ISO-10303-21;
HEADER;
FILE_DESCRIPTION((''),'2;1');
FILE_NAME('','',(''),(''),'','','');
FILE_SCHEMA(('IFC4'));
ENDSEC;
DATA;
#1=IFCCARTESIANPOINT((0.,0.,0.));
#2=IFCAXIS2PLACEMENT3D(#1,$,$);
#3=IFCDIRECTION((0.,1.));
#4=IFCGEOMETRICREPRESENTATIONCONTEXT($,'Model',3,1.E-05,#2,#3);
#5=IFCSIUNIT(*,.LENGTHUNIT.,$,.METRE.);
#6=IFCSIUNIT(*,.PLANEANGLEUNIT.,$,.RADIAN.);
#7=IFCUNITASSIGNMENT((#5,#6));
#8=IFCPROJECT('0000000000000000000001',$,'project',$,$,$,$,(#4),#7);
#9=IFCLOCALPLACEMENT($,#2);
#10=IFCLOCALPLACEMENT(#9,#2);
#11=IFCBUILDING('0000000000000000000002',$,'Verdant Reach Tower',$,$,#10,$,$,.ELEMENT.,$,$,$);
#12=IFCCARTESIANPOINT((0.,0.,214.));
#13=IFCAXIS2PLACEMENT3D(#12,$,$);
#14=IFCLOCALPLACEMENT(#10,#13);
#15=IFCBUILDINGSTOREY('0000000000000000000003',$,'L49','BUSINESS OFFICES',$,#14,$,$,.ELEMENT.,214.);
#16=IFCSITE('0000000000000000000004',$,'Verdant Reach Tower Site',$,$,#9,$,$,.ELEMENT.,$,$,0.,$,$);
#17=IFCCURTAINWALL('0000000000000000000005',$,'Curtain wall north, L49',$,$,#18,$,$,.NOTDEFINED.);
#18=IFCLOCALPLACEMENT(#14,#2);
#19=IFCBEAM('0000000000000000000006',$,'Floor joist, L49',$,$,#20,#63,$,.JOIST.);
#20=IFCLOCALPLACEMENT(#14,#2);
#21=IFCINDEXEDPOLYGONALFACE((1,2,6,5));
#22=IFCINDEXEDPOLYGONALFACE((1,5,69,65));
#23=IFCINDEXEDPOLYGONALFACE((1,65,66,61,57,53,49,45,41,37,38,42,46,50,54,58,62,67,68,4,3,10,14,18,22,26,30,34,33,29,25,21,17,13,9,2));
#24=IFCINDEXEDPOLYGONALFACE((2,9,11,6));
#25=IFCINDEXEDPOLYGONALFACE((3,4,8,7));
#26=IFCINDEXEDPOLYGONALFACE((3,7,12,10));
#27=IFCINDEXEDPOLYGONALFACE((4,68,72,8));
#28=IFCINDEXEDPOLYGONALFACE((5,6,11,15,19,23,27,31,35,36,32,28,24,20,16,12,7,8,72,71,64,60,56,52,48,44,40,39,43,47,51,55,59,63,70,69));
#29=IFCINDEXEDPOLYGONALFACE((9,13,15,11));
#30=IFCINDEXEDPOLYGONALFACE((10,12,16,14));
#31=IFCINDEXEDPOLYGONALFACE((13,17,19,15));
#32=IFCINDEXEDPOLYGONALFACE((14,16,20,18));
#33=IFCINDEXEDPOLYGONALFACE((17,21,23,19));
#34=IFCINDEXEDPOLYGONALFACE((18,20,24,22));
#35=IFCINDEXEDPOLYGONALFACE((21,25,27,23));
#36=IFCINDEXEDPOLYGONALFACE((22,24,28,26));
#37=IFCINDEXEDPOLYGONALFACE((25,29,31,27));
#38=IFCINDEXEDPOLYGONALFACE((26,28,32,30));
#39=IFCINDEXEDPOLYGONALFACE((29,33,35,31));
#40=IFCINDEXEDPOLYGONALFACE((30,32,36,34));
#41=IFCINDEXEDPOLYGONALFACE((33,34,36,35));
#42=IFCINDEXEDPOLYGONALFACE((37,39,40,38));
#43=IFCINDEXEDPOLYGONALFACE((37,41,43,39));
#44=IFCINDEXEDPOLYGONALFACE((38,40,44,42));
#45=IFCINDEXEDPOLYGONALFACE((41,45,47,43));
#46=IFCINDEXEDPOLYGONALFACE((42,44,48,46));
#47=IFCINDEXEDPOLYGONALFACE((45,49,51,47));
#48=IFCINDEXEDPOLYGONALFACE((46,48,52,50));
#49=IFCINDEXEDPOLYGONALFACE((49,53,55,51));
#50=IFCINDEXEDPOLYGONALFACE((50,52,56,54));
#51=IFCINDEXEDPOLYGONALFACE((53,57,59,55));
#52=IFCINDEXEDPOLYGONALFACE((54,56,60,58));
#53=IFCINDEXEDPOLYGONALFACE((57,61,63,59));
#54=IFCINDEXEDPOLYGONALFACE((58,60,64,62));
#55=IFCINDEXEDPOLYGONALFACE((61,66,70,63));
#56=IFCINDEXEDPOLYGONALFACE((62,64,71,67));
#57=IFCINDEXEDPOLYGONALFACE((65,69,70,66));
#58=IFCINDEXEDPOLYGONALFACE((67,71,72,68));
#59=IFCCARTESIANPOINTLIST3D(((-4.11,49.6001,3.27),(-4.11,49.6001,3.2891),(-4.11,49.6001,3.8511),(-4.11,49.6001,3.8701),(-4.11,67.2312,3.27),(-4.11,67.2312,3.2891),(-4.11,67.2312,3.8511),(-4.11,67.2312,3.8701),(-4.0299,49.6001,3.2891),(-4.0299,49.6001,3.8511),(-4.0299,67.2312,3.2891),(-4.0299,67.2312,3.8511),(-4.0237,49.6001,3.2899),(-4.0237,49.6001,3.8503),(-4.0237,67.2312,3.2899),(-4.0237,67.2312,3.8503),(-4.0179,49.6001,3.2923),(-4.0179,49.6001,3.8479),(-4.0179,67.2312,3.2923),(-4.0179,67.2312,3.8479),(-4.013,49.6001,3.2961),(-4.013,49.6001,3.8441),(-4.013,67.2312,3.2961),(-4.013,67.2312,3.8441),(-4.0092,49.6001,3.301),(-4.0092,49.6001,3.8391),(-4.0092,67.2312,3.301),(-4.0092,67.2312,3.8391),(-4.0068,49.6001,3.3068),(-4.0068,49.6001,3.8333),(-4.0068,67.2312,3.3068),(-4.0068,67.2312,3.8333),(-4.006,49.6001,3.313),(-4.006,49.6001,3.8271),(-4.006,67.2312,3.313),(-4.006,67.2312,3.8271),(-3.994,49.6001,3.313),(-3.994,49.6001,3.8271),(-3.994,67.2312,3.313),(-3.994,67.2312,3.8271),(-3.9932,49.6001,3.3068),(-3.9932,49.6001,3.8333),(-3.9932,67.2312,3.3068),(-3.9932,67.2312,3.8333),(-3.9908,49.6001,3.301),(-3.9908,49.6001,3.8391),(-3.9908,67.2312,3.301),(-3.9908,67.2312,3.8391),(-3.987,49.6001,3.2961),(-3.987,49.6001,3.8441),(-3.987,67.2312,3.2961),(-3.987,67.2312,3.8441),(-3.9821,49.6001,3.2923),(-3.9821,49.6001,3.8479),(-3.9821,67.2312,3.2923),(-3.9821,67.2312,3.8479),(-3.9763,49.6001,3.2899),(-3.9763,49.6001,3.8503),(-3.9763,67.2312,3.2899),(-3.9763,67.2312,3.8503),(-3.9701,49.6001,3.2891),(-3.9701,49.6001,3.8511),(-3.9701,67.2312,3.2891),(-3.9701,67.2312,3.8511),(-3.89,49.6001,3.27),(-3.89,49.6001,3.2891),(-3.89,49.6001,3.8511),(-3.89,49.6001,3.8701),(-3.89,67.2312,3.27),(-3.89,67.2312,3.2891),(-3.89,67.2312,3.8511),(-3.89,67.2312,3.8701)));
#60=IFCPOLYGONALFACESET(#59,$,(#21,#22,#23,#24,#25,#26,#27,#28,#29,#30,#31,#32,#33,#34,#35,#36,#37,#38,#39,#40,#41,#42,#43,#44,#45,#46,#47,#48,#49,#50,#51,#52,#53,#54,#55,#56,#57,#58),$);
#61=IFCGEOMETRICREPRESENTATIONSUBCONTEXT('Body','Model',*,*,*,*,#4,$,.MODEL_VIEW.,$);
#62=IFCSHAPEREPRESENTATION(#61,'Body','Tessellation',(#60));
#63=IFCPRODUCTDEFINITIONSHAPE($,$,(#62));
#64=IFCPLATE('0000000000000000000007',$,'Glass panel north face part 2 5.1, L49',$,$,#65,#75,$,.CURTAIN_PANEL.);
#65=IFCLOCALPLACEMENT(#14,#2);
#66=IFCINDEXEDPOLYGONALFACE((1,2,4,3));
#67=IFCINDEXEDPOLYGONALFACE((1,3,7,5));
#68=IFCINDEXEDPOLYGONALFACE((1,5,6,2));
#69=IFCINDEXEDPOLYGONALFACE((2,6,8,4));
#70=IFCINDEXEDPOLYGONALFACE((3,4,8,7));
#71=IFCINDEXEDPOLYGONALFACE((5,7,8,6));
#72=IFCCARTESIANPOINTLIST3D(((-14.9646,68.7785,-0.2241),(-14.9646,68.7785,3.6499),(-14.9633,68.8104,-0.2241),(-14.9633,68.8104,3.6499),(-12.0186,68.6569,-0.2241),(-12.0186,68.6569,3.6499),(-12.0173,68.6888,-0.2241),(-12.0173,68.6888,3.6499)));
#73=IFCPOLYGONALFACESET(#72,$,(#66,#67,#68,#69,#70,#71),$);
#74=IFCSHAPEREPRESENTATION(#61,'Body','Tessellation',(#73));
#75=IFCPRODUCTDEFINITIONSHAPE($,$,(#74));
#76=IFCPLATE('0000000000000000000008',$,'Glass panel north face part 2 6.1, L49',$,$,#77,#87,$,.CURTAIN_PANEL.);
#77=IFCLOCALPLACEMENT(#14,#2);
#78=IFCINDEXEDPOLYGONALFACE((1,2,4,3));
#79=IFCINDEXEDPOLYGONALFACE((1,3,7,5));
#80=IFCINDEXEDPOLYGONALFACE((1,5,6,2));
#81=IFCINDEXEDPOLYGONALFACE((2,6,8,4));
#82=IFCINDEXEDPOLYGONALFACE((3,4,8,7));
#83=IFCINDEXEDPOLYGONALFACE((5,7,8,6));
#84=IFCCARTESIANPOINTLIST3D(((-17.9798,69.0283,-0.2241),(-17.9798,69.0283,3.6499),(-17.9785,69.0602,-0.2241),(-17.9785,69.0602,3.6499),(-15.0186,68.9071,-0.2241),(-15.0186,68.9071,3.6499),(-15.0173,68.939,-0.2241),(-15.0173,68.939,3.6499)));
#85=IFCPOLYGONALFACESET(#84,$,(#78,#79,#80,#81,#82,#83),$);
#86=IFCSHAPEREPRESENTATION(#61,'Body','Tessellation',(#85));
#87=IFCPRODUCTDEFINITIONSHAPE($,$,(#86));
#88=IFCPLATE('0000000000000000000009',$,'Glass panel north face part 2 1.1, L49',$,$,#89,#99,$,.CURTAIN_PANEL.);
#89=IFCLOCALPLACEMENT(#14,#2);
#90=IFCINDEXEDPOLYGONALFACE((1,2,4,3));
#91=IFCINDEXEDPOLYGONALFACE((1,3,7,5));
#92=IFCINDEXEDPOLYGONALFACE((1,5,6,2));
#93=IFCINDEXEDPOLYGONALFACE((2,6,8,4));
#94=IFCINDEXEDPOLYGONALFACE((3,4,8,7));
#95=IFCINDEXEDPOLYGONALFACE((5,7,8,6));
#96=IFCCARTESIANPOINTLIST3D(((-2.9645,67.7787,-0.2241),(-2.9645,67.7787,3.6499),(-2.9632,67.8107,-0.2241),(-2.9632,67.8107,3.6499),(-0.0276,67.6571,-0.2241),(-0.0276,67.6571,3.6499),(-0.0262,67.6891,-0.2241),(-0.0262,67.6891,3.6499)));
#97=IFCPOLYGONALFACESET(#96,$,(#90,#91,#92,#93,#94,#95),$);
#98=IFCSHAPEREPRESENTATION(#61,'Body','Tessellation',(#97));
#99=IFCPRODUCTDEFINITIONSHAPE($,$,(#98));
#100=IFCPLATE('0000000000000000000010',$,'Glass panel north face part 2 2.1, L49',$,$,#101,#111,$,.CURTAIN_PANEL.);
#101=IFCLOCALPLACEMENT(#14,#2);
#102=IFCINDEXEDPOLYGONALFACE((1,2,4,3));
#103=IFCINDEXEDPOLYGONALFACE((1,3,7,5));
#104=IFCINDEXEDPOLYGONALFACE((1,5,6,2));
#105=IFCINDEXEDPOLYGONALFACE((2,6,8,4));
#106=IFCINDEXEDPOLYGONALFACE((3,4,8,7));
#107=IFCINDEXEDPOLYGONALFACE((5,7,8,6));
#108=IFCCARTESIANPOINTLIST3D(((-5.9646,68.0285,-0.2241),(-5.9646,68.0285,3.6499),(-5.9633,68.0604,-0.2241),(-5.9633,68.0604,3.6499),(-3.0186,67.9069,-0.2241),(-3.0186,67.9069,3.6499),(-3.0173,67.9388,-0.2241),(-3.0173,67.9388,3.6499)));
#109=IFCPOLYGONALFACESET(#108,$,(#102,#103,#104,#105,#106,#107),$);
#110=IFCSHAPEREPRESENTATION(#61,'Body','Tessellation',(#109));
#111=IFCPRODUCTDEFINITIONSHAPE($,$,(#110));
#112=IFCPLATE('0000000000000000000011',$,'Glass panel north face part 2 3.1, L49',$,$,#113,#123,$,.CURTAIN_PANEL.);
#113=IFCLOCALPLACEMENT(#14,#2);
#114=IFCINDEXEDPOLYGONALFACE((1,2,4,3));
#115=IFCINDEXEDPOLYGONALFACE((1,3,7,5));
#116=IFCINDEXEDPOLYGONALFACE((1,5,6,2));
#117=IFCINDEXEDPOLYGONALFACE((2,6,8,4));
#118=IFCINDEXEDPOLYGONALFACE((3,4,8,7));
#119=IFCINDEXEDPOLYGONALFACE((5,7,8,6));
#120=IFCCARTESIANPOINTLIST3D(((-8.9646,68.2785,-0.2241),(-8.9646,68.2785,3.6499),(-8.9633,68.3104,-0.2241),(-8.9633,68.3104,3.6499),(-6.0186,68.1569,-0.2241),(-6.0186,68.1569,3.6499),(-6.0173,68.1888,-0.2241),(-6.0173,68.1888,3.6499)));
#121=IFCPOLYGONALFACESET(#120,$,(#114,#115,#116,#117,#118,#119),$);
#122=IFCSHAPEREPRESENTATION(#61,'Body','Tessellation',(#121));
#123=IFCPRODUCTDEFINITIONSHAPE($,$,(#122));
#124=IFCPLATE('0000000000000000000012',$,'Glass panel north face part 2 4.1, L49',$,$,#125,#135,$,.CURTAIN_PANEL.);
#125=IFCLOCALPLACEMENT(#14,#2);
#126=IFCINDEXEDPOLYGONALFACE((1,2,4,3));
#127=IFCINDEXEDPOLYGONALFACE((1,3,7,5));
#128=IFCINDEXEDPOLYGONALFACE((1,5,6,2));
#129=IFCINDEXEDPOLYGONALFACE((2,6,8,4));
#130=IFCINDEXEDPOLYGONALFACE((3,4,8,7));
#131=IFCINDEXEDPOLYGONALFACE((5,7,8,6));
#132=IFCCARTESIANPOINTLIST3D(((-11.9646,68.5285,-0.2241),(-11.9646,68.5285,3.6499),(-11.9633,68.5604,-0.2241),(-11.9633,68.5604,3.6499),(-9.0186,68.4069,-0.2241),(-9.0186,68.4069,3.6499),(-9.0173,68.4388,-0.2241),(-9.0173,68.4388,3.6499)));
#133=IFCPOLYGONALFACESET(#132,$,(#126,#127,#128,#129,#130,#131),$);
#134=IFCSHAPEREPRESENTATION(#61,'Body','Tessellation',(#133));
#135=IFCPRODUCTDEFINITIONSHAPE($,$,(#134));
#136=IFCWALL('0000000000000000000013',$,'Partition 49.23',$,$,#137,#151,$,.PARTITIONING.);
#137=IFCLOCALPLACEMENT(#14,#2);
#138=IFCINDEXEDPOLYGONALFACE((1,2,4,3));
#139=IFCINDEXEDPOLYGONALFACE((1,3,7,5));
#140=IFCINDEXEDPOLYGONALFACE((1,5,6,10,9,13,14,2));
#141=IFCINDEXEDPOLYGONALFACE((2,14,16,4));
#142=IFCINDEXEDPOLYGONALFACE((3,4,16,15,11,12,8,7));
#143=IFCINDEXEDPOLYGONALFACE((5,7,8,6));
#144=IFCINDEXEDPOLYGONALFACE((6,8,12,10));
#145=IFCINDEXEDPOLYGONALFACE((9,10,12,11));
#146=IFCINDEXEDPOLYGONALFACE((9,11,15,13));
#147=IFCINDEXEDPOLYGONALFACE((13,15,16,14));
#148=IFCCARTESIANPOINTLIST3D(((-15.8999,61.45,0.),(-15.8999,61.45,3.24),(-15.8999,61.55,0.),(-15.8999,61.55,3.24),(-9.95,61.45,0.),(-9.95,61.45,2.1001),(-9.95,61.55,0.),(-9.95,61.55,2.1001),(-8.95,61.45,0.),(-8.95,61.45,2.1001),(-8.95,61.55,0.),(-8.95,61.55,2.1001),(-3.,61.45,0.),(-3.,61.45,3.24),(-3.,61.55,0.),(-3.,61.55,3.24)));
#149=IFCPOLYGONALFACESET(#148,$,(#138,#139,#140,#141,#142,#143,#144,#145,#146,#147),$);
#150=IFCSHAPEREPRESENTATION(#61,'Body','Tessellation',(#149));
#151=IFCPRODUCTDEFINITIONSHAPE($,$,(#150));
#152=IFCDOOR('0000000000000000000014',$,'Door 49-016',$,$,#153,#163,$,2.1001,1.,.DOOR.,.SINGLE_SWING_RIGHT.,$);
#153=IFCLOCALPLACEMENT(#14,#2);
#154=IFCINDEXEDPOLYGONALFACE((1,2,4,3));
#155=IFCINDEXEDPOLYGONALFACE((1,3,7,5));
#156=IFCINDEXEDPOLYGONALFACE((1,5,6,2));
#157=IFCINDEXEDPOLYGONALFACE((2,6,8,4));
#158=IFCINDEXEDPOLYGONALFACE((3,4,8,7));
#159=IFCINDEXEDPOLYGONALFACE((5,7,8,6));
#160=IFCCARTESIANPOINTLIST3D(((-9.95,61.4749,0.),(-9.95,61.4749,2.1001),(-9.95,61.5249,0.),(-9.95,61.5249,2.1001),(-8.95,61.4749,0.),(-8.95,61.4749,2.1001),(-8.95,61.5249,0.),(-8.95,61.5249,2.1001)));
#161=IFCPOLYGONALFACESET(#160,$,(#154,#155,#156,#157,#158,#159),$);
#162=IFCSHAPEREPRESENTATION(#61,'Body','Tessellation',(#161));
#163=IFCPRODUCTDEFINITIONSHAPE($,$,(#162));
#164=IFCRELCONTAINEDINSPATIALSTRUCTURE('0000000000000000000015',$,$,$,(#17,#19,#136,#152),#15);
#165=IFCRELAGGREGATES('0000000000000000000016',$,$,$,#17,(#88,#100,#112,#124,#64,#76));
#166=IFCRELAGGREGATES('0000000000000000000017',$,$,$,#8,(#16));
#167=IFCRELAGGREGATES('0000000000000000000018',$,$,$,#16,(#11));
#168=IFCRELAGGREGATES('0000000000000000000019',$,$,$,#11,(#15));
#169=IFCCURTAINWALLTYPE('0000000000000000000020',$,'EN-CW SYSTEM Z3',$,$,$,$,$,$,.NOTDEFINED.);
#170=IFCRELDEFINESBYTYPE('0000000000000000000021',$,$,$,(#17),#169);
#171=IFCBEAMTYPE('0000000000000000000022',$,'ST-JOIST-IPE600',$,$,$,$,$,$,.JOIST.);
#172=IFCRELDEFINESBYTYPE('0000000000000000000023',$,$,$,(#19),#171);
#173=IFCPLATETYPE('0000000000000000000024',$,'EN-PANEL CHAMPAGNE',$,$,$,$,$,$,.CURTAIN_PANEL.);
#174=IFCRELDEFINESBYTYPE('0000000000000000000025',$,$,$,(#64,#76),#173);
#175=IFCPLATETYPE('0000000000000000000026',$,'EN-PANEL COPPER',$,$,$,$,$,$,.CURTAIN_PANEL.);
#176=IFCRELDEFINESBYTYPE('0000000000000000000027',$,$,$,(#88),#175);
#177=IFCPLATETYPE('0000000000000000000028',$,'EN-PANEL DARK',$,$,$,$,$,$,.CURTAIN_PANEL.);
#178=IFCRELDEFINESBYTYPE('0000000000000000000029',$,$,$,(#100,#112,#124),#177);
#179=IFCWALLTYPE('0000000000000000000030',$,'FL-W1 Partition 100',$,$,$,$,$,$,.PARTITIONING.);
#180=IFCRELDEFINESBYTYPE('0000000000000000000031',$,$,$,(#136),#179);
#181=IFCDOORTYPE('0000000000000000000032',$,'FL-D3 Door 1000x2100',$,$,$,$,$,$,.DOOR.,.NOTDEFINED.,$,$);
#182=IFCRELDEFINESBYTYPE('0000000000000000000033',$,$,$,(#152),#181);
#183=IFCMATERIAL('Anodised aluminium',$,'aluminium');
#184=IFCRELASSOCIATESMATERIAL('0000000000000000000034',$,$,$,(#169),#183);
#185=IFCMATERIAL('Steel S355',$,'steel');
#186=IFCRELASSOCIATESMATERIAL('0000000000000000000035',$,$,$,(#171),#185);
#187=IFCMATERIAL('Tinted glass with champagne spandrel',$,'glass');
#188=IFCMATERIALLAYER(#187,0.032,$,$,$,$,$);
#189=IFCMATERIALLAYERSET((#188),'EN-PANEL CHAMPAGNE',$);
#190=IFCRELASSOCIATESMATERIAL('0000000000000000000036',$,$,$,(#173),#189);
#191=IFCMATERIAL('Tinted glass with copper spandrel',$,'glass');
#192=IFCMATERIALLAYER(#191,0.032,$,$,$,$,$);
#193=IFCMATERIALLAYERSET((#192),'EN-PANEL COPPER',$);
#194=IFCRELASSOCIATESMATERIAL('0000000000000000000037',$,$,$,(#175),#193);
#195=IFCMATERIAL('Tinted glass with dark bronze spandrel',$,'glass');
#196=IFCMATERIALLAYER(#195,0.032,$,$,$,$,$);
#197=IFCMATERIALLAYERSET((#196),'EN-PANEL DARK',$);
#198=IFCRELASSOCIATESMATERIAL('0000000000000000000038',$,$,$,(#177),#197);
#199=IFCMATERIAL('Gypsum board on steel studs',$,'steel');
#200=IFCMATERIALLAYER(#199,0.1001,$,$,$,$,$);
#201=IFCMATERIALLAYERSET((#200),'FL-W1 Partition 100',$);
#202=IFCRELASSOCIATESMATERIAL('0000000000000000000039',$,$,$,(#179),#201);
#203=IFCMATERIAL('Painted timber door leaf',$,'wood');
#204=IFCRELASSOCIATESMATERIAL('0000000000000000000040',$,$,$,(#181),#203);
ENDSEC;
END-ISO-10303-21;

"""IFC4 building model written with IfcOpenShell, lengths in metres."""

from ifc_helpers import new_model, si_unit, direction, frame, frame_2d, origin, origin_2d, place, context, subcontext, project, spatial, rectangle, i_section, extrude, material, layer, layer_set, material_profile, profile_set, type_object, element, fill, aggregate, save


model = new_model("IFC4")

# Units and contexts
model_context = context("Model", 3, precision=1e-05, world=origin(), true_north=direction((0.0, 1.0)))
body_context = subcontext(model_context, "Body", "Model", "MODEL_VIEW")
ifc_project = project(units=[si_unit("LENGTHUNIT", "METRE"), si_unit("PLANEANGLEUNIT", "RADIAN")], contexts=[model_context])

# Site, building, storey
site_placement = place(None, origin())
site = spatial("IfcSite", under=ifc_project, at=site_placement, Name="Verdant Reach Tower Site", CompositionType="ELEMENT", RefElevation=0.0)
building_placement = place(site_placement, origin())
building = spatial("IfcBuilding", under=site, at=building_placement, Name="Verdant Reach Tower", CompositionType="ELEMENT")
storey_placement = place(building_placement, frame((0.0, 0.0, 214.0)))
storey = spatial("IfcBuildingStorey", under=building, at=storey_placement, Name="L49", Description="BUSINESS OFFICES", CompositionType="ELEMENT", Elevation=214.0)

# Curtain wall
ifc_material_1 = material(Name="Anodised aluminium", Category="aluminium")
curtain_wall_type = type_object("IfcCurtainWallType", Name="EN-CW SYSTEM Z3", PredefinedType="NOTDEFINED", material=ifc_material_1)
curtain_wall_placement = place(storey_placement, origin())
curtain_wall = element("IfcCurtainWall", 1, at=curtain_wall_placement, inside=storey, type_object=curtain_wall_type, Name="Curtain wall north, L49", PredefinedType="NOTDEFINED")

# Beam
ifc_material_2 = material(Name="Steel S355", Category="steel")
ifc_material_profile_1 = material_profile(ifc_material_2, i_section(OverallWidth=0.22, OverallDepth=0.6001, WebThickness=0.012, FlangeThickness=0.019, FilletRadius=0.0239, at=origin_2d()), Name="IPE 600")
ifc_profile_set_1 = profile_set([ifc_material_profile_1], Name="Steel S355")
beam_type_1 = type_object("IfcBeamType", Name="ST-JOIST-IPE600", PredefinedType="JOIST", material=ifc_profile_set_1)
beam_1_placement = place(storey_placement, frame((-4.0, 49.6001, 3.5701), z_axis=(0.0, 1.0, 0.0), x_axis=(-1.0, 0.0, 0.0)))
element("IfcBeam", 2, at=beam_1_placement, inside=storey, type_object=beam_type_1, Name="Floor joist, L49", PredefinedType="JOIST", context=body_context, shape_type="SweptSolid", body=[
    extrude(i_section(OverallWidth=0.22, OverallDepth=0.6001, WebThickness=0.012, FlangeThickness=0.019, FilletRadius=0.0239, at=origin_2d()), origin(), (0.0, 0.0, 1.0), 17.6311),
])

# Plates
ifc_material_3 = material(Name="Tinted glass with champagne spandrel", Category="glass")
ifc_layer_1 = layer(ifc_material_3, 0.032)
ifc_layer_set_1 = layer_set([ifc_layer_1], Name="EN-PANEL CHAMPAGNE")
plate_type_1 = type_object("IfcPlateType", Name="EN-PANEL CHAMPAGNE", PredefinedType="CURTAIN_PANEL", material=ifc_layer_set_1)
plate_1_placement = place(storey_placement, frame((-13.491, 68.7336, -0.2241), z_axis=(0.0, 0.0, 1.0), x_axis=(-0.999149, 0.041242, 0.0)))
plate_1 = element("IfcPlate", 3, at=plate_1_placement, type_object=plate_type_1, Name="Glass panel north face part 2 5.1, L49", PredefinedType="CURTAIN_PANEL", context=body_context, shape_type="SweptSolid", body=[
    extrude(rectangle(XDim=2.9485, YDim=0.032, at=origin_2d()), origin(), (0.0, 0.0, 1.0), 3.874),
])
plate_2_placement = place(storey_placement, frame((-16.4985, 68.9836, -0.2241), z_axis=(0.0, 0.0, 1.0), x_axis=(-0.999164, 0.040891, 0.0)))
plate_2 = element("IfcPlate", 4, at=plate_2_placement, type_object=plate_type_1, Name="Glass panel north face part 2 6.1, L49", PredefinedType="CURTAIN_PANEL", context=body_context, shape_type="SweptSolid", body=[
    extrude(rectangle(XDim=2.9636, YDim=0.032, at=origin_2d()), origin(), (0.0, 0.0, 1.0), 3.874),
])
ifc_material_4 = material(Name="Tinted glass with copper spandrel", Category="glass")
ifc_layer_2 = layer(ifc_material_4, 0.032)
ifc_layer_set_2 = layer_set([ifc_layer_2], Name="EN-PANEL COPPER")
plate_type_2 = type_object("IfcPlateType", Name="EN-PANEL COPPER", PredefinedType="CURTAIN_PANEL", material=ifc_layer_set_2)
plate_3_placement = place(storey_placement, frame((-1.4954, 67.7339, -0.2241), z_axis=(0.0, 0.0, 1.0), x_axis=(-0.999144, 0.041367, 0.0)))
plate_3 = element("IfcPlate", 5, at=plate_3_placement, type_object=plate_type_2, Name="Glass panel north face part 2 1.1, L49", PredefinedType="CURTAIN_PANEL", context=body_context, shape_type="SweptSolid", body=[
    extrude(rectangle(XDim=2.9395, YDim=0.032, at=origin_2d()), origin(), (0.0, 0.0, 1.0), 3.874),
])
ifc_material_5 = material(Name="Tinted glass with dark bronze spandrel", Category="glass")
ifc_layer_3 = layer(ifc_material_5, 0.032)
ifc_layer_set_3 = layer_set([ifc_layer_3], Name="EN-PANEL DARK")
plate_type_3 = type_object("IfcPlateType", Name="EN-PANEL DARK", PredefinedType="CURTAIN_PANEL", material=ifc_layer_set_3)
plate_4_placement = place(storey_placement, frame((-4.491, 67.9836, -0.2241), z_axis=(0.0, 0.0, 1.0), x_axis=(-0.999149, 0.041242, 0.0)))
plate_4 = element("IfcPlate", 6, at=plate_4_placement, type_object=plate_type_3, Name="Glass panel north face part 2 2.1, L49", PredefinedType="CURTAIN_PANEL", context=body_context, shape_type="SweptSolid", body=[
    extrude(rectangle(XDim=2.9485, YDim=0.032, at=origin_2d()), origin(), (0.0, 0.0, 1.0), 3.874),
])
plate_5_placement = place(storey_placement, frame((-7.491, 68.2336, -0.2241), z_axis=(0.0, 0.0, 1.0), x_axis=(-0.999149, 0.041242, 0.0)))
plate_5 = element("IfcPlate", 7, at=plate_5_placement, type_object=plate_type_3, Name="Glass panel north face part 2 3.1, L49", PredefinedType="CURTAIN_PANEL", context=body_context, shape_type="SweptSolid", body=[
    extrude(rectangle(XDim=2.9485, YDim=0.032, at=origin_2d()), origin(), (0.0, 0.0, 1.0), 3.874),
])
plate_6_placement = place(storey_placement, frame((-10.491, 68.4836, -0.2241), z_axis=(0.0, 0.0, 1.0), x_axis=(-0.999149, 0.041242, 0.0)))
plate_6 = element("IfcPlate", 8, at=plate_6_placement, type_object=plate_type_3, Name="Glass panel north face part 2 4.1, L49", PredefinedType="CURTAIN_PANEL", context=body_context, shape_type="SweptSolid", body=[
    extrude(rectangle(XDim=2.9485, YDim=0.032, at=origin_2d()), origin(), (0.0, 0.0, 1.0), 3.874),
])
aggregate(curtain_wall, [plate_3, plate_4, plate_5, plate_6, plate_1, plate_2])

# Wall, opening, door
ifc_material_6 = material(Name="Gypsum board on steel studs", Category="steel")
ifc_layer_4 = layer(ifc_material_6, 0.1001)
ifc_layer_set_4 = layer_set([ifc_layer_4], Name="FL-W1 Partition 100")
wall_type = type_object("IfcWallType", Name="FL-W1 Partition 100", PredefinedType="PARTITIONING", material=ifc_layer_set_4)
wall_1_placement = place(storey_placement, frame((-15.8999, 61.5, 0.0), z_axis=(0.0, 0.0, 1.0), x_axis=(1.0, 0.0, 0.0)))
wall_1 = element("IfcWall", 9, at=wall_1_placement, inside=storey, type_object=wall_type, Name="Partition 49.23", PredefinedType="PARTITIONING", context=body_context, shape_type="SweptSolid", body=[
    extrude(rectangle(XDim=12.8999, YDim=0.1001, at=frame_2d((6.45, 0.0))), origin(), (0.0, 0.0, 1.0), 3.24),
])
opening_1_placement = place(wall_1_placement, frame((5.95, 0.0, 0.0)))
opening_1 = element("IfcOpeningElement", 10, at=opening_1_placement, cuts=wall_1, PredefinedType="OPENING", context=body_context, shape_type="SweptSolid", body=[
    extrude(rectangle(XDim=1.0, YDim=2.1001, at=frame_2d((0.5, 1.05))), frame((0.0, 0.0601, 0.0), z_axis=(0.0, -1.0, 0.0), x_axis=(1.0, 0.0, 0.0)), (0.0, 0.0, 1.0), 0.1201),
])
ifc_material_7 = material(Name="Painted timber door leaf", Category="wood")
door_type = type_object("IfcDoorType", Name="FL-D3 Door 1000x2100", OperationType="NOTDEFINED", PredefinedType="DOOR", material=ifc_material_7)
door_1_placement = place(opening_1_placement, origin())
door_1 = element("IfcDoor", 11, at=door_1_placement, inside=storey, type_object=door_type, Name="Door 49-016", OperationType="SINGLE_SWING_RIGHT", OverallHeight=2.1001, OverallWidth=1.0, PredefinedType="DOOR", context=body_context, shape_type="SweptSolid", body=[
    extrude(rectangle(XDim=1.0, YDim=2.1001, at=frame_2d((0.5, 1.05))), frame((0.0, 0.0249, 0.0), z_axis=(0.0, -1.0, 0.0), x_axis=(1.0, 0.0, 0.0)), (0.0, 0.0, 1.0), 0.05),
])
fill(opening_1, door_1)

save(model, "model.ifc")
